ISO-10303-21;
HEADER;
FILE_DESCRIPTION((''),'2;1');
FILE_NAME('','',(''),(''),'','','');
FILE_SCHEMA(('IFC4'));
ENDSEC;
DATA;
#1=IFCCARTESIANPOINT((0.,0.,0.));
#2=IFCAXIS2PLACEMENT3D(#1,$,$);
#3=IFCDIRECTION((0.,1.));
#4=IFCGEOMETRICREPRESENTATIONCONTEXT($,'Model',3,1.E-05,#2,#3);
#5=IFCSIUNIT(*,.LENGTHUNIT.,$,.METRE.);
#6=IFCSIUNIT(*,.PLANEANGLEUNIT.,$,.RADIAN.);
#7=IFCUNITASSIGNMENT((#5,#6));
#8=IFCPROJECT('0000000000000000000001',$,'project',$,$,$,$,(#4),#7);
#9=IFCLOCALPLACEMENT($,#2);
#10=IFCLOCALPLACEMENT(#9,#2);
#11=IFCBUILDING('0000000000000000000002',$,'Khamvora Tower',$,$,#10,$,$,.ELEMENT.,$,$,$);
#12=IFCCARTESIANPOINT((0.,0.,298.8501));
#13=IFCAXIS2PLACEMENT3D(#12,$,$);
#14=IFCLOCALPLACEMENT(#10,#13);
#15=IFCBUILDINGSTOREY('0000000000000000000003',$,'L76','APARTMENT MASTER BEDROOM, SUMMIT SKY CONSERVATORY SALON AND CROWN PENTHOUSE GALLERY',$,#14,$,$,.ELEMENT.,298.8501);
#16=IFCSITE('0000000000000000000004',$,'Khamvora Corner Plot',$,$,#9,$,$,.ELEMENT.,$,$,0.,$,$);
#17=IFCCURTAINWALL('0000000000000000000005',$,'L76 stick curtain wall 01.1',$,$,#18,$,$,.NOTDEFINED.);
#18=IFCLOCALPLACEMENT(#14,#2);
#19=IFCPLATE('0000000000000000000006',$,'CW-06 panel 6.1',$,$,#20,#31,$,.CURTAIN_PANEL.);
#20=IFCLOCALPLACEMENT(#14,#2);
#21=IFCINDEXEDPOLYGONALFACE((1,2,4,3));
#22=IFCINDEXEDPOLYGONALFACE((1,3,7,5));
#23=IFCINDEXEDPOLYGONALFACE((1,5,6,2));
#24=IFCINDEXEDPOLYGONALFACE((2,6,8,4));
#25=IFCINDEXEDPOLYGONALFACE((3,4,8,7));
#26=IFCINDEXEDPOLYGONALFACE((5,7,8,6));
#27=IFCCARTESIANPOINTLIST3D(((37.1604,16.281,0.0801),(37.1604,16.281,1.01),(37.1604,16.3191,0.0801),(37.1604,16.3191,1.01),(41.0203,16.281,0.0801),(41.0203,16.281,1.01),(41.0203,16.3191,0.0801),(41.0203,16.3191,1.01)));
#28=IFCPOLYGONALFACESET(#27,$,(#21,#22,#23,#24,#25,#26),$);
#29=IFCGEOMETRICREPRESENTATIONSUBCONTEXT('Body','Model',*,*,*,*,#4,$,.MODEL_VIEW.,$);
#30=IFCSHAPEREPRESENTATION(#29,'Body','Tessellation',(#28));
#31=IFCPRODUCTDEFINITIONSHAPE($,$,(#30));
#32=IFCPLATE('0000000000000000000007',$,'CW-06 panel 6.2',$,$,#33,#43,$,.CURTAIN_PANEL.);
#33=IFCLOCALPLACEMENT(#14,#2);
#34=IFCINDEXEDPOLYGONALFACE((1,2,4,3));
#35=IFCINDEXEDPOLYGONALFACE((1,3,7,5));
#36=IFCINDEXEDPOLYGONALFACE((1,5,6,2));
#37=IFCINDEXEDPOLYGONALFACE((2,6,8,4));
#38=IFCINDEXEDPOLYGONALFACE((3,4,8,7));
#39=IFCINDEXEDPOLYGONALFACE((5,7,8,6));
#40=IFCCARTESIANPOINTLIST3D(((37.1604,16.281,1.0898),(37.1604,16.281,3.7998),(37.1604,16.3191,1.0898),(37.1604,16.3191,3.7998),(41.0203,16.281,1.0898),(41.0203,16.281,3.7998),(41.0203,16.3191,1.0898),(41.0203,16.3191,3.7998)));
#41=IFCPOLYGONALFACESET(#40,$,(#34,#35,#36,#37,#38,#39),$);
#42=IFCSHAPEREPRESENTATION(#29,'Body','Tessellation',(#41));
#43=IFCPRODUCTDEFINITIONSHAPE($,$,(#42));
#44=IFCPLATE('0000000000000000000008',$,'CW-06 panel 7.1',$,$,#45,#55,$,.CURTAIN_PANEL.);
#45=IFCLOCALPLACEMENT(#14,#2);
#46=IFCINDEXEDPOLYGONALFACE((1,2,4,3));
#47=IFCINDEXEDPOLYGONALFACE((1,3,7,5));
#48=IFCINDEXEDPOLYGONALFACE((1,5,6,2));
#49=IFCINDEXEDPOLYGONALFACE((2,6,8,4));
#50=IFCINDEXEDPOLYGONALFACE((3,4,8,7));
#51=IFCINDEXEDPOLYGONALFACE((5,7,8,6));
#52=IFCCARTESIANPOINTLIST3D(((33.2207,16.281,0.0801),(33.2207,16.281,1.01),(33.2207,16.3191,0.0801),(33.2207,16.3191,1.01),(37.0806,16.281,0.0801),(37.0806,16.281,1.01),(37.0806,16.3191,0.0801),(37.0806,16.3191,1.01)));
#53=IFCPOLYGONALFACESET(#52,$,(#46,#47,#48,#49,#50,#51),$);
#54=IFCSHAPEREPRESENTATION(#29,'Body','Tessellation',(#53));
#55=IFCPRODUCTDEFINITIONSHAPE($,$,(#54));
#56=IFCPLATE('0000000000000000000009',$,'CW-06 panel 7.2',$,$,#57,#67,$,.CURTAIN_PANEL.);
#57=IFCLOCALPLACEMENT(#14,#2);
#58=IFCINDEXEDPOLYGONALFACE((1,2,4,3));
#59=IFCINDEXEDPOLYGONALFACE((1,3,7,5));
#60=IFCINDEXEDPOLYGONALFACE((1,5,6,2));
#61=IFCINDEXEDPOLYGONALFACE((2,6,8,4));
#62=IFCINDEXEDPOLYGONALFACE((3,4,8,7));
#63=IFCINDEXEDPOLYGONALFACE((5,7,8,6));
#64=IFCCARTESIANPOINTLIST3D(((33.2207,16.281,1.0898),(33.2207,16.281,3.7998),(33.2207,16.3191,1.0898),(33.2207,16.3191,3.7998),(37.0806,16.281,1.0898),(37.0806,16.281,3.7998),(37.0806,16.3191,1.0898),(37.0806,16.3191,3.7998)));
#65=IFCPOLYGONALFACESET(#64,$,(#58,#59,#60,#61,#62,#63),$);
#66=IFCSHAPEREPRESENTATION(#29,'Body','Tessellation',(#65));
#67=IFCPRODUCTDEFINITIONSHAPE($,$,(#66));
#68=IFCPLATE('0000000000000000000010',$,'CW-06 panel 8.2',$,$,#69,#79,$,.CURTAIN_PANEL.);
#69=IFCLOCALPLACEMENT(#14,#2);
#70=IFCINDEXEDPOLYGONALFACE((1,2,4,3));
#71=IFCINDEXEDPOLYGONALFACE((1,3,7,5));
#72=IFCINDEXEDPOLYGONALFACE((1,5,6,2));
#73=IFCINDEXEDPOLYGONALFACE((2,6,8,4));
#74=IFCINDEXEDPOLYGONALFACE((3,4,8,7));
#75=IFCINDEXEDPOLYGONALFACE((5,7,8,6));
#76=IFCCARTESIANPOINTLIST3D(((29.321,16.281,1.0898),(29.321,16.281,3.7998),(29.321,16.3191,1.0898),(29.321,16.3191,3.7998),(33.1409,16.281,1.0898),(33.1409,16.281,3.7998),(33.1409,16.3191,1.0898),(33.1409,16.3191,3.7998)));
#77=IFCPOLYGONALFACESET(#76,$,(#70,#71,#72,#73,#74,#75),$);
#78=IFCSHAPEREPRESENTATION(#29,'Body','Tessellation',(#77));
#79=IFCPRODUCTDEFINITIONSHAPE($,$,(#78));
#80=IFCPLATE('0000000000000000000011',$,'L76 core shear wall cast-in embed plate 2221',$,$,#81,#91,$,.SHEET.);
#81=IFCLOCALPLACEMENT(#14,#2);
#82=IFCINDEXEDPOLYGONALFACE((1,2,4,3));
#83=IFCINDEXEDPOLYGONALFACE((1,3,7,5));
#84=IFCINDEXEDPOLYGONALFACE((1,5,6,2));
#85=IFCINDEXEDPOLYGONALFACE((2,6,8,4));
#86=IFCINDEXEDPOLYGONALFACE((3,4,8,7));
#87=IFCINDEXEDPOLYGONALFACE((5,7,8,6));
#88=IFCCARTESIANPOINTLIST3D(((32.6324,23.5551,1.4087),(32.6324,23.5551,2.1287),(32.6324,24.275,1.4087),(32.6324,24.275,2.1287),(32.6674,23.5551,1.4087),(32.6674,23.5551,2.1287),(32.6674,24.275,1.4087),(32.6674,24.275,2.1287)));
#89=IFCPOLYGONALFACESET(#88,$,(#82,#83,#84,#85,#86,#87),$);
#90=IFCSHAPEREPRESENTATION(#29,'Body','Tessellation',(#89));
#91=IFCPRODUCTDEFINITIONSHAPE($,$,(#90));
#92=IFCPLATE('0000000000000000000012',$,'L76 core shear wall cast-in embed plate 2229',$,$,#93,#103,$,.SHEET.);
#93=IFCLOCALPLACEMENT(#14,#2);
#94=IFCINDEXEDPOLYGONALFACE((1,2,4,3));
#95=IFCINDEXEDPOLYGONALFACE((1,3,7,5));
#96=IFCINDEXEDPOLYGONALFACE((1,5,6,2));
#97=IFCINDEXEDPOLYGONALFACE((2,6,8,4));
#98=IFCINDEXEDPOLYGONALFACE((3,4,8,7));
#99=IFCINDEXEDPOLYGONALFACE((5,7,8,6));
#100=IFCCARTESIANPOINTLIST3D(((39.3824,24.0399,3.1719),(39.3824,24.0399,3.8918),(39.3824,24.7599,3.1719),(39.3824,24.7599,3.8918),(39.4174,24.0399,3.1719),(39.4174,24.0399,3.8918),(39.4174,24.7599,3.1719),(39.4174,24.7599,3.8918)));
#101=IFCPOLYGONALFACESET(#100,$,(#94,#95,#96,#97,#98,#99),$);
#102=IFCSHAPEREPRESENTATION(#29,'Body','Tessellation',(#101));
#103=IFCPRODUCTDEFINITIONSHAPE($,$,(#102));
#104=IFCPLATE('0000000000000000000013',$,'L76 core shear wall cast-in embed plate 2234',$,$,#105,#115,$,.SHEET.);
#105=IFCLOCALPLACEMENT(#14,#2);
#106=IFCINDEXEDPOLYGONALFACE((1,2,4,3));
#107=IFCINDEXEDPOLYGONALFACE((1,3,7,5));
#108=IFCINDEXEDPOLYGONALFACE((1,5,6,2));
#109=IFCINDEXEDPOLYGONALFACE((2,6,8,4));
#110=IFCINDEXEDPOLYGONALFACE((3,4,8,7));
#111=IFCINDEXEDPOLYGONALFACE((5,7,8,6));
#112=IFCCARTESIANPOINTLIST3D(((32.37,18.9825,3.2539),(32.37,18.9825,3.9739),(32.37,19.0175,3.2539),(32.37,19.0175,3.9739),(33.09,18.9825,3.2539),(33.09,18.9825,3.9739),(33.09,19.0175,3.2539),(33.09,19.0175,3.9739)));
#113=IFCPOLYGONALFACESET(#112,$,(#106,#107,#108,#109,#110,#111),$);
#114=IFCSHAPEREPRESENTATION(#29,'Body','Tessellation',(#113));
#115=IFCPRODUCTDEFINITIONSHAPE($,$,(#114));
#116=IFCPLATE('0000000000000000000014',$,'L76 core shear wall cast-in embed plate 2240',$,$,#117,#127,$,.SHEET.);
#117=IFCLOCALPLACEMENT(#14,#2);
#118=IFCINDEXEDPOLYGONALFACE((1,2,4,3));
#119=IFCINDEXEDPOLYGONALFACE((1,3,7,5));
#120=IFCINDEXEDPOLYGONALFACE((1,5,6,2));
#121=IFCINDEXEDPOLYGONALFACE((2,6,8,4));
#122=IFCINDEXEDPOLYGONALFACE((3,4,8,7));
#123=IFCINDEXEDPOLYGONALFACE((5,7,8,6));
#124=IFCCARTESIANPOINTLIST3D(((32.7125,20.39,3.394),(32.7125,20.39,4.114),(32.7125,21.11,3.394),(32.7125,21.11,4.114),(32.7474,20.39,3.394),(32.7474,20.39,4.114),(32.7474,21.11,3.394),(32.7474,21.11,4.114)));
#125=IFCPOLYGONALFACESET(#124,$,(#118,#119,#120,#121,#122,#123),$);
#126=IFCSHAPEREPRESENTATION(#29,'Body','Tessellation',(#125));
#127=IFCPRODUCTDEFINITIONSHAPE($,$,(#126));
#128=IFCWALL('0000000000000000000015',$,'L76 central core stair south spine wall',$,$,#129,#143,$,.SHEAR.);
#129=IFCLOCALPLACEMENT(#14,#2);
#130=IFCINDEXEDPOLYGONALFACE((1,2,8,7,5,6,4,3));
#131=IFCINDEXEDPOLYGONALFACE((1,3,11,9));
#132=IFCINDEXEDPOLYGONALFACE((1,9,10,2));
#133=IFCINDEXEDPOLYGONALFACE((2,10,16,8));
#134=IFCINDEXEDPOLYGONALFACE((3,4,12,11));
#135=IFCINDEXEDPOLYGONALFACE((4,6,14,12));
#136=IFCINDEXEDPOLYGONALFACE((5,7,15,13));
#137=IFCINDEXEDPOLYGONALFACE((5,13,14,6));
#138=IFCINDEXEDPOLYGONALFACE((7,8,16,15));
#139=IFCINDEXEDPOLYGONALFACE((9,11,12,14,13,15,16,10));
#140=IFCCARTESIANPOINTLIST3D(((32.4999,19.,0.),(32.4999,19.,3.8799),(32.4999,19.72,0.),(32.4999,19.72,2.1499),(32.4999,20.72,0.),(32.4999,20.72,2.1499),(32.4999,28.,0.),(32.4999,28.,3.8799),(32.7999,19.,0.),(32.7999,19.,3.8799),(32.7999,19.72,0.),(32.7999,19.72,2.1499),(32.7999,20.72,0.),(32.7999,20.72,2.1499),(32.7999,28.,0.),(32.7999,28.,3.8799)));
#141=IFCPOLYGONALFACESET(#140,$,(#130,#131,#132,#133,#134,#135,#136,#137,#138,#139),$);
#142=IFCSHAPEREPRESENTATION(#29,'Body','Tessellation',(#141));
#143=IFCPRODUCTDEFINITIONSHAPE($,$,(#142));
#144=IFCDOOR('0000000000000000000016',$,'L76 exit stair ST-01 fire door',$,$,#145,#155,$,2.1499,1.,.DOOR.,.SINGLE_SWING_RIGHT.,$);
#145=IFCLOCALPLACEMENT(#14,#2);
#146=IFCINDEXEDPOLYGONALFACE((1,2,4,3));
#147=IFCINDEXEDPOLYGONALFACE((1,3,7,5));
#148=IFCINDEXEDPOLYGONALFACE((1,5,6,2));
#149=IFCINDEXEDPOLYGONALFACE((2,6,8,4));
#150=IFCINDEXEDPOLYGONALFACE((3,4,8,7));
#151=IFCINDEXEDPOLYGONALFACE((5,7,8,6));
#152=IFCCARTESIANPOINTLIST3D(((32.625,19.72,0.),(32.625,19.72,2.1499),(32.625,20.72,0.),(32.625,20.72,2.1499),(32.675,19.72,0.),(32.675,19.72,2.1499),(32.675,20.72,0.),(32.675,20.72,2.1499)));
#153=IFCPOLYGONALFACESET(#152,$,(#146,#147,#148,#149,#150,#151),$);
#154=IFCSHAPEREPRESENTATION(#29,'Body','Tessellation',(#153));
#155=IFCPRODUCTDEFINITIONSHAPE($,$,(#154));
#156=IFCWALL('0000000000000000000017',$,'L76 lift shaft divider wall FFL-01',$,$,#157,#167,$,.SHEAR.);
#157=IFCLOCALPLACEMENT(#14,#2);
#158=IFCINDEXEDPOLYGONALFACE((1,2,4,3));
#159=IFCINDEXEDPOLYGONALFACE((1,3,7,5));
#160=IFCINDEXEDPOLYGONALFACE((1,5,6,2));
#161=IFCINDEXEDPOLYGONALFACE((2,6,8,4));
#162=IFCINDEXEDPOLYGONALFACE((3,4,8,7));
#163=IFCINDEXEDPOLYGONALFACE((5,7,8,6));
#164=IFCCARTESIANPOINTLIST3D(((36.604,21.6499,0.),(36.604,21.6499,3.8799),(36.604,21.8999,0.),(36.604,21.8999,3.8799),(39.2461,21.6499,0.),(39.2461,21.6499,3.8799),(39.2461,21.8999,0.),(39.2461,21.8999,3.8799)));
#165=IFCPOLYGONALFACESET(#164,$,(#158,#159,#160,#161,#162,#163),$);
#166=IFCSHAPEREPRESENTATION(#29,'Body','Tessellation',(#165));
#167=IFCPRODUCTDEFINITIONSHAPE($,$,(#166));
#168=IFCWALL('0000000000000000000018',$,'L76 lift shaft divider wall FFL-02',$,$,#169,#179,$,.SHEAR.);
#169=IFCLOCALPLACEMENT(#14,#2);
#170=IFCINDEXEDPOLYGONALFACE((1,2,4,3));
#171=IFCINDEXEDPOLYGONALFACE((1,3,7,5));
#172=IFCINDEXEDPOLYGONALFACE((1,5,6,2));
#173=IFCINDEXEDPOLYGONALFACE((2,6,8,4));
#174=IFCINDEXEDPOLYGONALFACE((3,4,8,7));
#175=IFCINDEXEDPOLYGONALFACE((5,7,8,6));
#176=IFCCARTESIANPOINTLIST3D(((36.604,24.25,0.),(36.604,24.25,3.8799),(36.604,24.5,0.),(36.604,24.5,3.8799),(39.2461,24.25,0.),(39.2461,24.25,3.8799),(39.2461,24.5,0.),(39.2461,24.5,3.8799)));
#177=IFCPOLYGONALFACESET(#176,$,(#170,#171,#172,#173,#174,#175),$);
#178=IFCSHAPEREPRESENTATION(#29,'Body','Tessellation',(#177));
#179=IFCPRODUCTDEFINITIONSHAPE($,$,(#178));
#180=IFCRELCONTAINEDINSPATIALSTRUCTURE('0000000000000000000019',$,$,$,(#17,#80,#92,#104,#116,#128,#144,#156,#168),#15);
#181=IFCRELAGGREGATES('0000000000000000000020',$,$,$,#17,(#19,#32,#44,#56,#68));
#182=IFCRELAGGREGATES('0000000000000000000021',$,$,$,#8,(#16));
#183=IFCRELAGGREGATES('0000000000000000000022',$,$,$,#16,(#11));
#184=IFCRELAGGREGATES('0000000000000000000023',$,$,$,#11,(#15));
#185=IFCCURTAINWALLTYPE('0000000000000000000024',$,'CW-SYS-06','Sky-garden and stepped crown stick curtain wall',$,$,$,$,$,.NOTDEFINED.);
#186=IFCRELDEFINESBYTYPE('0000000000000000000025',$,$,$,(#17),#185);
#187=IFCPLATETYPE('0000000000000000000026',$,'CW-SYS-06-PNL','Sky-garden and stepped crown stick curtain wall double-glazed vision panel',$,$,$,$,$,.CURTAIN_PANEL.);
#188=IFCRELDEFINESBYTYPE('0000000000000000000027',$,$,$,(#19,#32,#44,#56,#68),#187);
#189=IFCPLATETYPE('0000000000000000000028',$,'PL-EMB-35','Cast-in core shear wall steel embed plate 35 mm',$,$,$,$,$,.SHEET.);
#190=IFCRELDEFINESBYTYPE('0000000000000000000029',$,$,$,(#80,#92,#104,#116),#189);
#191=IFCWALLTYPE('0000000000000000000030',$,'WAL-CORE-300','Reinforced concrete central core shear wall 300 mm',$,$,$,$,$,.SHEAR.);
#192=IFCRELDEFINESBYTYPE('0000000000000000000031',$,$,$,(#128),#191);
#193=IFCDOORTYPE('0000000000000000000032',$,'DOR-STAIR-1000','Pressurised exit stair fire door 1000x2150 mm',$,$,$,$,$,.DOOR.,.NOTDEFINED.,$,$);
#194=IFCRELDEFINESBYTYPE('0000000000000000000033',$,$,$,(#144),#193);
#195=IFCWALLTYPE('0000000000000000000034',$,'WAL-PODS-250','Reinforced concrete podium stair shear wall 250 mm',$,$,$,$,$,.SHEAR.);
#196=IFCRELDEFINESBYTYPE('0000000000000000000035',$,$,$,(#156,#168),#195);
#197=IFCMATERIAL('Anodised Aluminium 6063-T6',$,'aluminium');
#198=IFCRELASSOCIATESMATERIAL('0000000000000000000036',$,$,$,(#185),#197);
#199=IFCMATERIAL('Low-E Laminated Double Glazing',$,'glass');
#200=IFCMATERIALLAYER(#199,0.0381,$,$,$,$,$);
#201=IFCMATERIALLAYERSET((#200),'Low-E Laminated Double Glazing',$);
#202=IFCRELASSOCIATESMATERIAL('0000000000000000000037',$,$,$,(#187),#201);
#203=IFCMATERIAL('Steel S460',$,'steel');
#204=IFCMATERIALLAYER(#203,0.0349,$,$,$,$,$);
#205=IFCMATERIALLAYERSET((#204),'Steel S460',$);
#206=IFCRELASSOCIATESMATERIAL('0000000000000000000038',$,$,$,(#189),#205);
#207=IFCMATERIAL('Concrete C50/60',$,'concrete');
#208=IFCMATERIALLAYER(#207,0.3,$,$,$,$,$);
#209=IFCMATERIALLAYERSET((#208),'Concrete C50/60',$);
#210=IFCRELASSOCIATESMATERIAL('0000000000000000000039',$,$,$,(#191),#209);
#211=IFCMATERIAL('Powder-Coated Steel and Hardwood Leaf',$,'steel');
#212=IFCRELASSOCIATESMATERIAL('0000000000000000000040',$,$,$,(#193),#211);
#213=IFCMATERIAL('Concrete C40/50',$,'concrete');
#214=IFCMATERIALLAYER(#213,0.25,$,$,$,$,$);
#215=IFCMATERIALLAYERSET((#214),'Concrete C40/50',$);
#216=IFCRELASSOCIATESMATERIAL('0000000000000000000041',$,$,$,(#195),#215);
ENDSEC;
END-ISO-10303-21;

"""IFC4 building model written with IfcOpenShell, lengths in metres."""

from ifc_helpers import new_model, si_unit, direction, frame, frame_2d, origin, origin_2d, place, context, subcontext, project, spatial, rectangle, extrude, material, layer, layer_set, type_object, element, fill, aggregate, save


model = new_model("IFC4")

# Units and contexts
model_context = context("Model", 3, precision=1e-05, world=origin(), true_north=direction((0.0, 1.0)))
body_context = subcontext(model_context, "Body", "Model", "MODEL_VIEW")
ifc_project = project(units=[si_unit("LENGTHUNIT", "METRE"), si_unit("PLANEANGLEUNIT", "RADIAN")], contexts=[model_context])

# Site, building, storey
site_placement = place(None, origin())
site = spatial("IfcSite", under=ifc_project, at=site_placement, Name="Khamvora Corner Plot", CompositionType="ELEMENT", RefElevation=0.0)
building_placement = place(site_placement, origin())
building = spatial("IfcBuilding", under=site, at=building_placement, Name="Khamvora Tower", CompositionType="ELEMENT")
storey_placement = place(building_placement, frame((0.0, 0.0, 298.8501)))
storey = spatial("IfcBuildingStorey", under=building, at=storey_placement, Name="L76", Description="APARTMENT MASTER BEDROOM, SUMMIT SKY CONSERVATORY SALON AND CROWN PENTHOUSE GALLERY", CompositionType="ELEMENT", Elevation=298.8501)

# Curtain wall, plates
ifc_material_1 = material(Name="Anodised Aluminium 6063-T6", Category="aluminium")
curtain_wall_type = type_object("IfcCurtainWallType", Name="CW-SYS-06", Description="Sky-garden and stepped crown stick curtain wall", PredefinedType="NOTDEFINED", material=ifc_material_1)
curtain_wall_placement = place(storey_placement, origin())
curtain_wall = element("IfcCurtainWall", 1, at=curtain_wall_placement, inside=storey, type_object=curtain_wall_type, Name="L76 stick curtain wall 01.1", PredefinedType="NOTDEFINED")
ifc_material_2 = material(Name="Low-E Laminated Double Glazing", Category="glass")
ifc_layer_1 = layer(ifc_material_2, 0.0381)
ifc_layer_set_1 = layer_set([ifc_layer_1], Name="Low-E Laminated Double Glazing")
plate_type_1 = type_object("IfcPlateType", Name="CW-SYS-06-PNL", Description="Sky-garden and stepped crown stick curtain wall double-glazed vision panel", PredefinedType="CURTAIN_PANEL", material=ifc_layer_set_1)
plate_1_placement = place(storey_placement, frame((39.0903, 16.3, 0.0801), z_axis=(0.0, 0.0, 1.0), x_axis=(-1.0, 0.0, 0.0)))
plate_1 = element("IfcPlate", 2, at=plate_1_placement, type_object=plate_type_1, Name="CW-06 panel 6.1", PredefinedType="CURTAIN_PANEL", context=body_context, shape_type="SweptSolid", body=[
    extrude(rectangle(XDim=3.8599, YDim=0.0381, at=origin_2d()), origin(), (0.0, 0.0, 1.0), 0.9299),
])
plate_2_placement = place(storey_placement, frame((39.0903, 16.3, 1.0898), z_axis=(0.0, 0.0, 1.0), x_axis=(-1.0, 0.0, 0.0)))
plate_2 = element("IfcPlate", 3, at=plate_2_placement, type_object=plate_type_1, Name="CW-06 panel 6.2", PredefinedType="CURTAIN_PANEL", context=body_context, shape_type="SweptSolid", body=[
    extrude(rectangle(XDim=3.8599, YDim=0.0381, at=origin_2d()), origin(), (0.0, 0.0, 1.0), 2.71),
])
plate_3_placement = place(storey_placement, frame((35.1506, 16.3, 0.0801), z_axis=(0.0, 0.0, 1.0), x_axis=(-1.0, 0.0, 0.0)))
plate_3 = element("IfcPlate", 4, at=plate_3_placement, type_object=plate_type_1, Name="CW-06 panel 7.1", PredefinedType="CURTAIN_PANEL", context=body_context, shape_type="SweptSolid", body=[
    extrude(rectangle(XDim=3.8599, YDim=0.0381, at=origin_2d()), origin(), (0.0, 0.0, 1.0), 0.9299),
])
plate_4_placement = place(storey_placement, frame((35.1506, 16.3, 1.0898), z_axis=(0.0, 0.0, 1.0), x_axis=(-1.0, 0.0, 0.0)))
plate_4 = element("IfcPlate", 5, at=plate_4_placement, type_object=plate_type_1, Name="CW-06 panel 7.2", PredefinedType="CURTAIN_PANEL", context=body_context, shape_type="SweptSolid", body=[
    extrude(rectangle(XDim=3.8599, YDim=0.0381, at=origin_2d()), origin(), (0.0, 0.0, 1.0), 2.71),
])
plate_5_placement = place(storey_placement, frame((31.231, 16.3, 1.0898), z_axis=(0.0, 0.0, 1.0), x_axis=(-1.0, 0.0, 0.0)))
plate_5 = element("IfcPlate", 6, at=plate_5_placement, type_object=plate_type_1, Name="CW-06 panel 8.2", PredefinedType="CURTAIN_PANEL", context=body_context, shape_type="SweptSolid", body=[
    extrude(rectangle(XDim=3.8198, YDim=0.0381, at=origin_2d()), origin(), (0.0, 0.0, 1.0), 2.71),
])
aggregate(curtain_wall, [plate_1, plate_2, plate_3, plate_4, plate_5])

# Plates
ifc_material_3 = material(Name="Steel S460", Category="steel")
ifc_layer_2 = layer(ifc_material_3, 0.0349)
ifc_layer_set_2 = layer_set([ifc_layer_2], Name="Steel S460")
plate_type_2 = type_object("IfcPlateType", Name="PL-EMB-35", Description="Cast-in core shear wall steel embed plate 35 mm", PredefinedType="SHEET", material=ifc_layer_set_2)
for number, where, z_axis, x_axis, name in (
    (7, (32.6499, 23.915, 1.4087), (0.0, 0.0, 1.0), (1.0, 0.0, 0.0), "L76 core shear wall cast-in embed plate 2221"),
    (8, (39.3999, 24.3999, 3.1719), (0.0, 0.0, 1.0), (1.0, 0.0, 0.0), "L76 core shear wall cast-in embed plate 2229"),
):
    element("IfcPlate", number, at=place(storey_placement, frame(where, z_axis=z_axis, x_axis=x_axis)), inside=storey, type_object=plate_type_2, Name=name, PredefinedType="SHEET", context=body_context, shape_type="SweptSolid", body=[
        extrude(rectangle(XDim=0.0349, YDim=0.72, at=origin_2d()), origin(), (0.0, 0.0, 1.0), 0.72),
    ])
plate_6_placement = place(storey_placement, frame((32.73, 19.0, 3.2539), z_axis=(0.0, 0.0, 1.0), x_axis=(1.0, 0.0, 0.0)))
element("IfcPlate", 9, at=plate_6_placement, inside=storey, type_object=plate_type_2, Name="L76 core shear wall cast-in embed plate 2234", PredefinedType="SHEET", context=body_context, shape_type="SweptSolid", body=[
    extrude(rectangle(XDim=0.72, YDim=0.0349, at=origin_2d()), origin(), (0.0, 0.0, 1.0), 0.72),
])
plate_7_placement = place(storey_placement, frame((32.73, 20.75, 3.394), z_axis=(0.0, 0.0, 1.0), x_axis=(1.0, 0.0, 0.0)))
element("IfcPlate", 10, at=plate_7_placement, inside=storey, type_object=plate_type_2, Name="L76 core shear wall cast-in embed plate 2240", PredefinedType="SHEET", context=body_context, shape_type="SweptSolid", body=[
    extrude(rectangle(XDim=0.0349, YDim=0.72, at=origin_2d()), origin(), (0.0, 0.0, 1.0), 0.72),
])

# Wall, opening, door
ifc_material_4 = material(Name="Concrete C50/60", Category="concrete")
ifc_layer_3 = layer(ifc_material_4, 0.3)
ifc_layer_set_3 = layer_set([ifc_layer_3], Name="Concrete C50/60")
wall_type_1 = type_object("IfcWallType", Name="WAL-CORE-300", Description="Reinforced concrete central core shear wall 300 mm", PredefinedType="SHEAR", material=ifc_layer_set_3)
wall_1_placement = place(storey_placement, frame((32.6499, 19.0, 0.0), z_axis=(0.0, 0.0, 1.0), x_axis=(0.0, 1.0, 0.0)))
wall_1 = element("IfcWall", 11, at=wall_1_placement, inside=storey, type_object=wall_type_1, Name="L76 central core stair south spine wall", PredefinedType="SHEAR", context=body_context, shape_type="SweptSolid", body=[
    extrude(rectangle(XDim=9.0, YDim=0.3, at=frame_2d((4.5, 0.0))), origin(), (0.0, 0.0, 1.0), 3.8799),
])
opening_1_placement = place(wall_1_placement, frame((0.72, 0.0, 0.0)))
opening_1 = element("IfcOpeningElement", 12, at=opening_1_placement, cuts=wall_1, PredefinedType="OPENING", context=body_context, shape_type="SweptSolid", body=[
    extrude(rectangle(XDim=1.0, YDim=2.1499, at=frame_2d((0.5, 1.075))), frame((0.0, 0.1599, 0.0), z_axis=(0.0, -1.0, 0.0), x_axis=(1.0, 0.0, 0.0)), (0.0, 0.0, 1.0), 0.3201),
])
ifc_material_5 = material(Name="Powder-Coated Steel and Hardwood Leaf", Category="steel")
door_type_1 = type_object("IfcDoorType", Name="DOR-STAIR-1000", Description="Pressurised exit stair fire door 1000x2150 mm", OperationType="NOTDEFINED", PredefinedType="DOOR", material=ifc_material_5)
door_1_placement = place(opening_1_placement, origin())
door_1 = element("IfcDoor", 13, at=door_1_placement, inside=storey, type_object=door_type_1, Name="L76 exit stair ST-01 fire door", OperationType="SINGLE_SWING_RIGHT", OverallHeight=2.1499, OverallWidth=1.0, PredefinedType="DOOR", context=body_context, shape_type="SweptSolid", body=[
    extrude(rectangle(XDim=1.0, YDim=2.1499, at=frame_2d((0.5, 1.075))), frame((0.0, 0.0249, 0.0), z_axis=(0.0, -1.0, 0.0), x_axis=(1.0, 0.0, 0.0)), (0.0, 0.0, 1.0), 0.05),
])
fill(opening_1, door_1)

# Walls
ifc_material_6 = material(Name="Concrete C40/50", Category="concrete")
ifc_layer_4 = layer(ifc_material_6, 0.25)
ifc_layer_set_4 = layer_set([ifc_layer_4], Name="Concrete C40/50")
wall_type_2 = type_object("IfcWallType", Name="WAL-PODS-250", Description="Reinforced concrete podium stair shear wall 250 mm", PredefinedType="SHEAR", material=ifc_layer_set_4)
for number, where, z_axis, x_axis, name in (
    (14, (36.604, 21.7749, 0.0), (0.0, 0.0, 1.0), (1.0, 0.0, 0.0), "L76 lift shaft divider wall FFL-01"),
    (15, (36.604, 24.375, 0.0), (0.0, 0.0, 1.0), (1.0, 0.0, 0.0), "L76 lift shaft divider wall FFL-02"),
):
    element("IfcWall", number, at=place(storey_placement, frame(where, z_axis=z_axis, x_axis=x_axis)), inside=storey, type_object=wall_type_2, Name=name, PredefinedType="SHEAR", context=body_context, shape_type="SweptSolid", body=[
        extrude(rectangle(XDim=2.6421, YDim=0.25, at=frame_2d((1.321, 0.0))), origin(), (0.0, 0.0, 1.0), 3.8799),
    ])

save(model, "model.ifc")
